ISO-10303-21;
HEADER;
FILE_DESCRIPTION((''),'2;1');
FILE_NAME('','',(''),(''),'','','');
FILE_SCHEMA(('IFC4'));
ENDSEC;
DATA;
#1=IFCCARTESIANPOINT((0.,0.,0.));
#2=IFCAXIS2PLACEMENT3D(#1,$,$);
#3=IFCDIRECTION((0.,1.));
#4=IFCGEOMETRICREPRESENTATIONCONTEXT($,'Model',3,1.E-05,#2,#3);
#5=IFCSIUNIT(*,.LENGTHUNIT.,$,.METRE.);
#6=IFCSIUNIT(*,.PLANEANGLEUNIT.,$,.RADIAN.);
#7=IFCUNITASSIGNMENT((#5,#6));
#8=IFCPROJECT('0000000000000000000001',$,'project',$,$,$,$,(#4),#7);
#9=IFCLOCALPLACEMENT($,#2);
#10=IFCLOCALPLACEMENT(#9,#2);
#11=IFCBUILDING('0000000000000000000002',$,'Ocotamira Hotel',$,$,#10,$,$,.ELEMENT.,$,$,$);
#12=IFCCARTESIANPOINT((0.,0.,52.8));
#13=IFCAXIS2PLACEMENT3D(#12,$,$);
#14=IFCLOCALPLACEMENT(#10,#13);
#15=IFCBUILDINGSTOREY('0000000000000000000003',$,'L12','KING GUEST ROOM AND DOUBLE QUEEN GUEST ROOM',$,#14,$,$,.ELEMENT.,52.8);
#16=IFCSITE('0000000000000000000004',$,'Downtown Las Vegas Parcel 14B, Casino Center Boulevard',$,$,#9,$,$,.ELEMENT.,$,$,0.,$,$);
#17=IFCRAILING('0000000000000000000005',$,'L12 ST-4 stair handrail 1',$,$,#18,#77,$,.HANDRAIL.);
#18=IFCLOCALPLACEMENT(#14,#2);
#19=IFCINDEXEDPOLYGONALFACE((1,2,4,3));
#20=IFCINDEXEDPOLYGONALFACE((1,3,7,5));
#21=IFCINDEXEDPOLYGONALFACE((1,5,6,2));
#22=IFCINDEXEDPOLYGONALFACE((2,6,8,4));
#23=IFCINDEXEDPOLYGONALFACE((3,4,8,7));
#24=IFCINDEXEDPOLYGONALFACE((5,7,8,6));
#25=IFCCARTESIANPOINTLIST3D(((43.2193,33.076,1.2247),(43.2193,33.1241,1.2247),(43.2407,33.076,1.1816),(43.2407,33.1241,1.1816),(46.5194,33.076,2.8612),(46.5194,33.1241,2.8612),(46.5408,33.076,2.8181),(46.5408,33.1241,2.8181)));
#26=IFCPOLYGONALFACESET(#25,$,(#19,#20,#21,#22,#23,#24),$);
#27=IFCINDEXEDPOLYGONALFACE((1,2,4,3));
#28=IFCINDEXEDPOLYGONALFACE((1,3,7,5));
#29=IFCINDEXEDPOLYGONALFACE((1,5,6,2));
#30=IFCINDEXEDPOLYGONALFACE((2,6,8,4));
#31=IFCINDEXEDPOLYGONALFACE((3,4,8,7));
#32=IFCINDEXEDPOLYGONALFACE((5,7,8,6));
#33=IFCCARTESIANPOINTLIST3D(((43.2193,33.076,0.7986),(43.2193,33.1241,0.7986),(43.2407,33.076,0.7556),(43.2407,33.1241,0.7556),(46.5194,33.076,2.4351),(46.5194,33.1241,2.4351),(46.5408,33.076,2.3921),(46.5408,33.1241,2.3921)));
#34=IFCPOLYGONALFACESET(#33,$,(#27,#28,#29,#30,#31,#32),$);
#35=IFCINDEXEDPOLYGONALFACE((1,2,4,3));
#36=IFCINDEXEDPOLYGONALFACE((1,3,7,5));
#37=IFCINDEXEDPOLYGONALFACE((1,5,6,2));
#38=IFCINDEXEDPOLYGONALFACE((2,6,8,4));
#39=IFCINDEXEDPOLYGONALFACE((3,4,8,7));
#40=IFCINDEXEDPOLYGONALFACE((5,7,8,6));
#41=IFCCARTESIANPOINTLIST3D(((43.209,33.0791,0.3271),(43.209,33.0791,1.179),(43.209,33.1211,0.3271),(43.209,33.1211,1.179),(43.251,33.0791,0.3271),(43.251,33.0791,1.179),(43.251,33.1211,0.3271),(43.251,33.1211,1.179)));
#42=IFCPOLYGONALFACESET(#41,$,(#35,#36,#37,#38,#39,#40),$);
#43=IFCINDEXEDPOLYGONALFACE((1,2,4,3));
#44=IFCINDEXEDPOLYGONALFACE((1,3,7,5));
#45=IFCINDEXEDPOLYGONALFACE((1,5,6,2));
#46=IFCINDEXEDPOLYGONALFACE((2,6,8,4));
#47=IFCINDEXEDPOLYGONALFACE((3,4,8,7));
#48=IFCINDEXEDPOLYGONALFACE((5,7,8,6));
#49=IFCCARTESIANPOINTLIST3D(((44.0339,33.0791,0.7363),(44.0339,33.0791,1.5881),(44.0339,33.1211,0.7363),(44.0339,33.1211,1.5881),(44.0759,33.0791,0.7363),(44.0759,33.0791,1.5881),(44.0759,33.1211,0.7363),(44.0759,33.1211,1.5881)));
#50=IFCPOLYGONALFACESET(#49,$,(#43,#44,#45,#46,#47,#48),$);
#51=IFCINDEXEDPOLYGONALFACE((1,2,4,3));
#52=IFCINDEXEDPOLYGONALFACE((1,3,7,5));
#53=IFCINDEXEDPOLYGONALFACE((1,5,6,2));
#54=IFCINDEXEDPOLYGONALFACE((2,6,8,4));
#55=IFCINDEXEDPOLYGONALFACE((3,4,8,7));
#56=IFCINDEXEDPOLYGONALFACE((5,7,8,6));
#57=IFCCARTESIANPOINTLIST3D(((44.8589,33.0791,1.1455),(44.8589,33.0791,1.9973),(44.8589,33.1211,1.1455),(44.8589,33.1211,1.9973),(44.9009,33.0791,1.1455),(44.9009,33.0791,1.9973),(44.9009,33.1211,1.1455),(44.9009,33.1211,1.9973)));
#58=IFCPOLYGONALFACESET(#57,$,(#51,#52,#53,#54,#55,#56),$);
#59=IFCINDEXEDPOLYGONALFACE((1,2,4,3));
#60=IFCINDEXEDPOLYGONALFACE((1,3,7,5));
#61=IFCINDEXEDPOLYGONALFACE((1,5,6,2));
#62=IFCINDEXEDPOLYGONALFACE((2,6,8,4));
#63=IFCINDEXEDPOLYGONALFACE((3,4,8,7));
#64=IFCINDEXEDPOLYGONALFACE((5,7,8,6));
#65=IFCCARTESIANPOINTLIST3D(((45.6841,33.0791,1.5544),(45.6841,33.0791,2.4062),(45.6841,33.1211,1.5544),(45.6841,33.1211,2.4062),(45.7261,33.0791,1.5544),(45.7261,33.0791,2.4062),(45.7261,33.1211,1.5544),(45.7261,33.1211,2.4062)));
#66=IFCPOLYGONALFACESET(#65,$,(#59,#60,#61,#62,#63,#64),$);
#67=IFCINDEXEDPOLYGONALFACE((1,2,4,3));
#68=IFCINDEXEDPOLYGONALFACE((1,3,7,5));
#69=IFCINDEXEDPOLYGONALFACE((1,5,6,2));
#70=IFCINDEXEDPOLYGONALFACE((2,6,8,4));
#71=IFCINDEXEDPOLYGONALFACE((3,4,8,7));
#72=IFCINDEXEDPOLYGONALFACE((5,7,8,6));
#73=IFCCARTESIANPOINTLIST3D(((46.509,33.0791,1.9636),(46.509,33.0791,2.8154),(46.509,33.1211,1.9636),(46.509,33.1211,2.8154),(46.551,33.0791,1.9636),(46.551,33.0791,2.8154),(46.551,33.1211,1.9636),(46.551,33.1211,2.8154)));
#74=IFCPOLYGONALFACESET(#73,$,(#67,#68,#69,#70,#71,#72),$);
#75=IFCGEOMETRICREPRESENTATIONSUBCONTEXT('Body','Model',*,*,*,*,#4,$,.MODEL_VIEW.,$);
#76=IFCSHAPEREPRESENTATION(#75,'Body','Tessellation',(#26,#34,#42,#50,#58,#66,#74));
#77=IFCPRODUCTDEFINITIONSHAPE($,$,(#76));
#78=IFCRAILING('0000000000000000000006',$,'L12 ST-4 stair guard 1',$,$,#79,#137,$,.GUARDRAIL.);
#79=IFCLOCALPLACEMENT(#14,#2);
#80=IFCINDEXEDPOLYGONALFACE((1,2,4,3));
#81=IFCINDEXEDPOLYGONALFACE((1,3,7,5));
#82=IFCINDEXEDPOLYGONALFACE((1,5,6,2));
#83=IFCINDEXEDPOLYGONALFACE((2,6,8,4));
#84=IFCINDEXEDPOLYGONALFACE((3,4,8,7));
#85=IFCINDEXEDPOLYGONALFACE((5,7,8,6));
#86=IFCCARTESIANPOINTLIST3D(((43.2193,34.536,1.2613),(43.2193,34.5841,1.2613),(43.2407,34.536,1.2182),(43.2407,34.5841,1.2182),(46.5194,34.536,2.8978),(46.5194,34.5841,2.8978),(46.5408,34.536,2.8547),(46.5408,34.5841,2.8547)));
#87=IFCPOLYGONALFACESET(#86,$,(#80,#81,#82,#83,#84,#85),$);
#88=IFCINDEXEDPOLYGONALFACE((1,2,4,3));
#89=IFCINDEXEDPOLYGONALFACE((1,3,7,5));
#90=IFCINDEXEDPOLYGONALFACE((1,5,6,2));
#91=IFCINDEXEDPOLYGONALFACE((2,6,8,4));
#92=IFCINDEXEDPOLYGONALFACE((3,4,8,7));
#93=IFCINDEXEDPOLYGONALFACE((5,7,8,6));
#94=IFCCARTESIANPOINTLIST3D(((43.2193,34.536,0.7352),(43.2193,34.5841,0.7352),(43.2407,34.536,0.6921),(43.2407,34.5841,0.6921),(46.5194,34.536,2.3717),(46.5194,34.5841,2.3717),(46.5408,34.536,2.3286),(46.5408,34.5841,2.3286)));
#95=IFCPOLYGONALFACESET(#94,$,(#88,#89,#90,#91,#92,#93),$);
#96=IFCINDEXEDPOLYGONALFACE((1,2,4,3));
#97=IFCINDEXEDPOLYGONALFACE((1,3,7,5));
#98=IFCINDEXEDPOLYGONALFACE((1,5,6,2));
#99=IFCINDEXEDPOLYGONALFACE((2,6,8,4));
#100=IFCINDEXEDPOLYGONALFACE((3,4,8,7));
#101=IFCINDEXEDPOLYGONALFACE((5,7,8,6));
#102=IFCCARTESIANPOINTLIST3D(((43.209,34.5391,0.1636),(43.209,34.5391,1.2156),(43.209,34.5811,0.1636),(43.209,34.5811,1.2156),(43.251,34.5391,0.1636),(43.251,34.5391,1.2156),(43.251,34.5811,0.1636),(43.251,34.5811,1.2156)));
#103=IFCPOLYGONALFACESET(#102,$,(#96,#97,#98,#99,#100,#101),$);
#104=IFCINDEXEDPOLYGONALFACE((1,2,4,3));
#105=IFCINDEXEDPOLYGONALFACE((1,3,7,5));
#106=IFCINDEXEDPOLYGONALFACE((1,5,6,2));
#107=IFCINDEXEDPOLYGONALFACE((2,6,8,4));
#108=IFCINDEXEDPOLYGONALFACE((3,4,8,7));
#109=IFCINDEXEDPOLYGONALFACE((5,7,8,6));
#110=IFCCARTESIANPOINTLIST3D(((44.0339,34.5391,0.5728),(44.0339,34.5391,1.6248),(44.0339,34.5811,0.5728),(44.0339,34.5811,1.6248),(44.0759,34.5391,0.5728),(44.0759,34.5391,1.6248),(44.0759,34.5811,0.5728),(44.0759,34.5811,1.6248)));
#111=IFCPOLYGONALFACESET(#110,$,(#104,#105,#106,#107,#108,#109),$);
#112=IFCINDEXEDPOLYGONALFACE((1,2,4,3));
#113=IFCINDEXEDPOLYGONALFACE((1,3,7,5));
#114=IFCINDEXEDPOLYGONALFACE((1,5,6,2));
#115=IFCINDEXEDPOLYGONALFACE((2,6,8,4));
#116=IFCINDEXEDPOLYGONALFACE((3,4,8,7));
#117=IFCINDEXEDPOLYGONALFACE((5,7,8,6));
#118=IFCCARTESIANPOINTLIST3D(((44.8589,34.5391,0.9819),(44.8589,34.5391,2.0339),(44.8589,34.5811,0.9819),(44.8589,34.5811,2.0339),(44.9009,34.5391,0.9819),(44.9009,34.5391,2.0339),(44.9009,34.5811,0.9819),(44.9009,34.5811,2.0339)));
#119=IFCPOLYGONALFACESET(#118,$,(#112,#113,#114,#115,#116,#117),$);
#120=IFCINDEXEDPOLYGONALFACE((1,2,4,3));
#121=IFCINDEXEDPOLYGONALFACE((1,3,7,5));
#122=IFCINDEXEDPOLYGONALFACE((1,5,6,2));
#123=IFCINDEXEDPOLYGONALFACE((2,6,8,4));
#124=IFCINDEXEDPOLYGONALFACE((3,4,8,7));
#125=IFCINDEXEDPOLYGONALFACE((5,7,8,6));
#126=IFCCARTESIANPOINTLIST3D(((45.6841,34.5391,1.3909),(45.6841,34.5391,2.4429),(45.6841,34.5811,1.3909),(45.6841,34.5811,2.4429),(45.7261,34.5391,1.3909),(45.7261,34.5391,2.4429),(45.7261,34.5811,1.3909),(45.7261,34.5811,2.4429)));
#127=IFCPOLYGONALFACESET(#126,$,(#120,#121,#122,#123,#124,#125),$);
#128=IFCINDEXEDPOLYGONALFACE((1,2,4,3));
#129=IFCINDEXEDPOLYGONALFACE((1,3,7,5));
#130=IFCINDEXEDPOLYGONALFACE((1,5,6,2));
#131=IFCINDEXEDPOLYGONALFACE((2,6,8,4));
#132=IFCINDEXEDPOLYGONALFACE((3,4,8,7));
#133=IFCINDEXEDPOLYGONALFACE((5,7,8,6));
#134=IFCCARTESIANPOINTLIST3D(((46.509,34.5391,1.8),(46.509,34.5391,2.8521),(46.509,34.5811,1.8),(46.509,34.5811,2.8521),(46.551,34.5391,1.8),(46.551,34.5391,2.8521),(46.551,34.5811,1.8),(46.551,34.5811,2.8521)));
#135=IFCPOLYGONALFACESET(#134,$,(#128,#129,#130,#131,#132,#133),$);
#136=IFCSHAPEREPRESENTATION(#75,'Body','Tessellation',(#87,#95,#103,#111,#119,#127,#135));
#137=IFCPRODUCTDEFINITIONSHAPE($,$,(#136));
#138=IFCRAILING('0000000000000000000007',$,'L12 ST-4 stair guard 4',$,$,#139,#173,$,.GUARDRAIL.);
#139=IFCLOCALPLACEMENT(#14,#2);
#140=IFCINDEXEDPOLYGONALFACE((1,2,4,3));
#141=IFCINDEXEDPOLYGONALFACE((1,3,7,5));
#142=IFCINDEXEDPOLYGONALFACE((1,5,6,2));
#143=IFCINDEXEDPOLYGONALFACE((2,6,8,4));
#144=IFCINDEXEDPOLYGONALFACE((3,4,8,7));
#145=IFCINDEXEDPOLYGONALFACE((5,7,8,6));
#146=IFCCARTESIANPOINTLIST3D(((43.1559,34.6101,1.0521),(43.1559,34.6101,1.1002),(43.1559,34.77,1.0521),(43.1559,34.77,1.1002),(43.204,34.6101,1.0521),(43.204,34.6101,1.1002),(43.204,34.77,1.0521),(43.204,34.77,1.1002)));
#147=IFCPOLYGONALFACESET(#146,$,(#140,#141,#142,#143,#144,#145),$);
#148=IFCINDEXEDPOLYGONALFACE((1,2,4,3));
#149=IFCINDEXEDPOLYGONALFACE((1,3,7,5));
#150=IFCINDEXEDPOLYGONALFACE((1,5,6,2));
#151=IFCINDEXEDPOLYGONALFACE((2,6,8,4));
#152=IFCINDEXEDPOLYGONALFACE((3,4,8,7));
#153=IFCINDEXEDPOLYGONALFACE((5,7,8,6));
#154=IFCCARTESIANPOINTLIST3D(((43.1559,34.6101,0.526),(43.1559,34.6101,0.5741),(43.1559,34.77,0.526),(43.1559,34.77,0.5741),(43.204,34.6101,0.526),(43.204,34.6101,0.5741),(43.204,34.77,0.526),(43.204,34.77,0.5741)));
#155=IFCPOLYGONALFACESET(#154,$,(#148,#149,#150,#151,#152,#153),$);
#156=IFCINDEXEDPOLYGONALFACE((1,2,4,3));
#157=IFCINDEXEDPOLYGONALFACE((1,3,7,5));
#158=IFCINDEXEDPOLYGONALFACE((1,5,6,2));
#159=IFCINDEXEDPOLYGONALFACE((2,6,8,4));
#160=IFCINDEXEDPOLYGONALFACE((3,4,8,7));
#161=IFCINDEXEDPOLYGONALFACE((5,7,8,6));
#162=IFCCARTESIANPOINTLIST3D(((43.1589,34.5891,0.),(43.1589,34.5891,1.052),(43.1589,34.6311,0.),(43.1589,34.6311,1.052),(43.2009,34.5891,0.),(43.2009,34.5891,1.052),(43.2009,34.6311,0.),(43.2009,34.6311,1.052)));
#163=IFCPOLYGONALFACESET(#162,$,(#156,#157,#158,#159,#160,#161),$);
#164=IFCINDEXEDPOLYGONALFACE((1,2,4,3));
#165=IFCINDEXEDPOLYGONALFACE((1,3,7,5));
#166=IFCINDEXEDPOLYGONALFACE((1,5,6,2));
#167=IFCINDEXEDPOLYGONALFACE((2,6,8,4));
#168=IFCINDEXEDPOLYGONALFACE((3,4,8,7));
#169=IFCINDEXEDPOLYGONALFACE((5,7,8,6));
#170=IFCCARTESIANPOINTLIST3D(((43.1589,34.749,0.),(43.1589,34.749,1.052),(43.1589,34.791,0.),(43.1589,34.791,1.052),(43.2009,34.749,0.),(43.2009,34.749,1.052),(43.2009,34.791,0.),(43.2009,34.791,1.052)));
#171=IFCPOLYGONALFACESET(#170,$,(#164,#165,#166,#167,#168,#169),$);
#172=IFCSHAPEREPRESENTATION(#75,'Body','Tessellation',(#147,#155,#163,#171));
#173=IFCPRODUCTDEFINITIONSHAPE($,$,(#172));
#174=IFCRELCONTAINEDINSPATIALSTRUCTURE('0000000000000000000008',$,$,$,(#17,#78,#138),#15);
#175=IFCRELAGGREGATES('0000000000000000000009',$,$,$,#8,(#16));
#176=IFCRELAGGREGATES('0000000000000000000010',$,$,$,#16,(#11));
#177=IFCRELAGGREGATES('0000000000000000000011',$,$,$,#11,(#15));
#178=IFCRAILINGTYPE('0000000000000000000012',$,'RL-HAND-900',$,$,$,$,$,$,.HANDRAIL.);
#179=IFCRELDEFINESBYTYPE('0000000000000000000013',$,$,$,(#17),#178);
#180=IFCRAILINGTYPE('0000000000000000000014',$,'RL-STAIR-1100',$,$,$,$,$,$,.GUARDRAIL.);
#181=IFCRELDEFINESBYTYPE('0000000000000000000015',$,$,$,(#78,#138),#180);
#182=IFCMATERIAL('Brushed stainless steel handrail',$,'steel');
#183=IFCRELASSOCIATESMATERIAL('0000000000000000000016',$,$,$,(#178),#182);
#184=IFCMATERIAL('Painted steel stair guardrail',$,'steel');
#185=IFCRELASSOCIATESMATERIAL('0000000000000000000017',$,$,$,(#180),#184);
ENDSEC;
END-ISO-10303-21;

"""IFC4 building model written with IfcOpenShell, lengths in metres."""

from ifc_helpers import new_model, si_unit, direction, frame, origin, origin_2d, place, context, subcontext, project, spatial, rectangle, extrude, material, type_object, element, save


model = new_model("IFC4")

# Units and contexts
model_context = context("Model", 3, precision=1e-05, world=origin(), true_north=direction((0.0, 1.0)))
body_context = subcontext(model_context, "Body", "Model", "MODEL_VIEW")
ifc_project = project(units=[si_unit("LENGTHUNIT", "METRE"), si_unit("PLANEANGLEUNIT", "RADIAN")], contexts=[model_context])

# Site, building, storey
site_placement = place(None, origin())
site = spatial("IfcSite", under=ifc_project, at=site_placement, Name="Downtown Las Vegas Parcel 14B, Casino Center Boulevard", CompositionType="ELEMENT", RefElevation=0.0)
building_placement = place(site_placement, origin())
building = spatial("IfcBuilding", under=site, at=building_placement, Name="Ocotamira Hotel", CompositionType="ELEMENT")
storey_placement = place(building_placement, frame((0.0, 0.0, 52.8)))
storey = spatial("IfcBuildingStorey", under=building, at=storey_placement, Name="L12", Description="KING GUEST ROOM AND DOUBLE QUEEN GUEST ROOM", CompositionType="ELEMENT", Elevation=52.8)

# Railings
ifc_material_1 = material(Name="Brushed stainless steel handrail", Category="steel")
railing_type_1 = type_object("IfcRailingType", Name="RL-HAND-900", PredefinedType="HANDRAIL", material=ifc_material_1)
railing_1_placement = place(storey_placement, frame((43.23, 33.1001, 0.3271)))
element("IfcRailing", 1, at=railing_1_placement, inside=storey, type_object=railing_type_1, Name="L12 ST-4 stair handrail 1", PredefinedType="HANDRAIL", context=body_context, shape_type="SweptSolid", body=[
    extrude(rectangle(XDim=0.0481, YDim=0.0481, at=origin_2d()), frame((0.0, 0.0, 0.876), z_axis=(0.895894, 0.0, 0.444268), x_axis=(0.0, 1.0, 0.0)), (0.0, 0.0, 1.0), 3.6836),
    extrude(rectangle(XDim=0.0481, YDim=0.0481, at=origin_2d()), frame((0.0, 0.0, 0.45), z_axis=(0.895894, 0.0, 0.444268), x_axis=(0.0, 1.0, 0.0)), (0.0, 0.0, 1.0), 3.6836),
    extrude(rectangle(XDim=0.042, YDim=0.042, at=origin_2d()), origin(), (0.0, 0.0, 1.0), 0.8518),
    extrude(rectangle(XDim=0.042, YDim=0.042, at=origin_2d()), frame((0.825, 0.0, 0.4092)), (0.0, 0.0, 1.0), 0.8518),
    extrude(rectangle(XDim=0.042, YDim=0.042, at=origin_2d()), frame((1.6499, 0.0, 0.8184)), (0.0, 0.0, 1.0), 0.8518),
    extrude(rectangle(XDim=0.042, YDim=0.042, at=origin_2d()), frame((2.4751, 0.0, 1.2273)), (0.0, 0.0, 1.0), 0.8518),
    extrude(rectangle(XDim=0.042, YDim=0.042, at=origin_2d()), frame((3.3, 0.0, 1.6365)), (0.0, 0.0, 1.0), 0.8518),
])
ifc_material_2 = material(Name="Painted steel stair guardrail", Category="steel")
railing_type_2 = type_object("IfcRailingType", Name="RL-STAIR-1100", PredefinedType="GUARDRAIL", material=ifc_material_2)
railing_2_placement = place(storey_placement, frame((43.23, 34.5601, 0.1636)))
element("IfcRailing", 2, at=railing_2_placement, inside=storey, type_object=railing_type_2, Name="L12 ST-4 stair guard 1", PredefinedType="GUARDRAIL", context=body_context, shape_type="SweptSolid", body=[
    extrude(rectangle(XDim=0.0481, YDim=0.0481, at=origin_2d()), frame((0.0, 0.0, 1.0762), z_axis=(0.895894, 0.0, 0.444268), x_axis=(0.0, 1.0, 0.0)), (0.0, 0.0, 1.0), 3.6836),
    extrude(rectangle(XDim=0.0481, YDim=0.0481, at=origin_2d()), frame((0.0, 0.0, 0.55), z_axis=(0.895894, 0.0, 0.444268), x_axis=(0.0, 1.0, 0.0)), (0.0, 0.0, 1.0), 3.6836),
    extrude(rectangle(XDim=0.042, YDim=0.042, at=origin_2d()), origin(), (0.0, 0.0, 1.0), 1.052),
    extrude(rectangle(XDim=0.042, YDim=0.042, at=origin_2d()), frame((0.825, 0.0, 0.4092)), (0.0, 0.0, 1.0), 1.052),
    extrude(rectangle(XDim=0.042, YDim=0.042, at=origin_2d()), frame((1.6499, 0.0, 0.8184)), (0.0, 0.0, 1.0), 1.052),
    extrude(rectangle(XDim=0.042, YDim=0.042, at=origin_2d()), frame((2.4751, 0.0, 1.2273)), (0.0, 0.0, 1.0), 1.052),
    extrude(rectangle(XDim=0.042, YDim=0.042, at=origin_2d()), frame((3.3, 0.0, 1.6365)), (0.0, 0.0, 1.0), 1.052),
])
railing_3_placement = place(storey_placement, frame((43.1799, 34.6101, 0.0)))
element("IfcRailing", 3, at=railing_3_placement, inside=storey, type_object=railing_type_2, Name="L12 ST-4 stair guard 4", PredefinedType="GUARDRAIL", context=body_context, shape_type="SweptSolid", body=[
    extrude(rectangle(XDim=0.0481, YDim=0.0481, at=origin_2d()), frame((0.0, 0.0, 1.0762), z_axis=(0.0, 1.0, 0.0), x_axis=(-1.0, 0.0, 0.0)), (0.0, 0.0, 1.0), 0.1599),
    extrude(rectangle(XDim=0.0481, YDim=0.0481, at=origin_2d()), frame((0.0, 0.0, 0.55), z_axis=(0.0, 1.0, 0.0), x_axis=(-1.0, 0.0, 0.0)), (0.0, 0.0, 1.0), 0.1599),
    extrude(rectangle(XDim=0.042, YDim=0.042, at=origin_2d()), origin(), (0.0, 0.0, 1.0), 1.052),
    extrude(rectangle(XDim=0.042, YDim=0.042, at=origin_2d()), frame((0.0, 0.1599, 0.0)), (0.0, 0.0, 1.0), 1.052),
])

save(model, "model.ifc")
